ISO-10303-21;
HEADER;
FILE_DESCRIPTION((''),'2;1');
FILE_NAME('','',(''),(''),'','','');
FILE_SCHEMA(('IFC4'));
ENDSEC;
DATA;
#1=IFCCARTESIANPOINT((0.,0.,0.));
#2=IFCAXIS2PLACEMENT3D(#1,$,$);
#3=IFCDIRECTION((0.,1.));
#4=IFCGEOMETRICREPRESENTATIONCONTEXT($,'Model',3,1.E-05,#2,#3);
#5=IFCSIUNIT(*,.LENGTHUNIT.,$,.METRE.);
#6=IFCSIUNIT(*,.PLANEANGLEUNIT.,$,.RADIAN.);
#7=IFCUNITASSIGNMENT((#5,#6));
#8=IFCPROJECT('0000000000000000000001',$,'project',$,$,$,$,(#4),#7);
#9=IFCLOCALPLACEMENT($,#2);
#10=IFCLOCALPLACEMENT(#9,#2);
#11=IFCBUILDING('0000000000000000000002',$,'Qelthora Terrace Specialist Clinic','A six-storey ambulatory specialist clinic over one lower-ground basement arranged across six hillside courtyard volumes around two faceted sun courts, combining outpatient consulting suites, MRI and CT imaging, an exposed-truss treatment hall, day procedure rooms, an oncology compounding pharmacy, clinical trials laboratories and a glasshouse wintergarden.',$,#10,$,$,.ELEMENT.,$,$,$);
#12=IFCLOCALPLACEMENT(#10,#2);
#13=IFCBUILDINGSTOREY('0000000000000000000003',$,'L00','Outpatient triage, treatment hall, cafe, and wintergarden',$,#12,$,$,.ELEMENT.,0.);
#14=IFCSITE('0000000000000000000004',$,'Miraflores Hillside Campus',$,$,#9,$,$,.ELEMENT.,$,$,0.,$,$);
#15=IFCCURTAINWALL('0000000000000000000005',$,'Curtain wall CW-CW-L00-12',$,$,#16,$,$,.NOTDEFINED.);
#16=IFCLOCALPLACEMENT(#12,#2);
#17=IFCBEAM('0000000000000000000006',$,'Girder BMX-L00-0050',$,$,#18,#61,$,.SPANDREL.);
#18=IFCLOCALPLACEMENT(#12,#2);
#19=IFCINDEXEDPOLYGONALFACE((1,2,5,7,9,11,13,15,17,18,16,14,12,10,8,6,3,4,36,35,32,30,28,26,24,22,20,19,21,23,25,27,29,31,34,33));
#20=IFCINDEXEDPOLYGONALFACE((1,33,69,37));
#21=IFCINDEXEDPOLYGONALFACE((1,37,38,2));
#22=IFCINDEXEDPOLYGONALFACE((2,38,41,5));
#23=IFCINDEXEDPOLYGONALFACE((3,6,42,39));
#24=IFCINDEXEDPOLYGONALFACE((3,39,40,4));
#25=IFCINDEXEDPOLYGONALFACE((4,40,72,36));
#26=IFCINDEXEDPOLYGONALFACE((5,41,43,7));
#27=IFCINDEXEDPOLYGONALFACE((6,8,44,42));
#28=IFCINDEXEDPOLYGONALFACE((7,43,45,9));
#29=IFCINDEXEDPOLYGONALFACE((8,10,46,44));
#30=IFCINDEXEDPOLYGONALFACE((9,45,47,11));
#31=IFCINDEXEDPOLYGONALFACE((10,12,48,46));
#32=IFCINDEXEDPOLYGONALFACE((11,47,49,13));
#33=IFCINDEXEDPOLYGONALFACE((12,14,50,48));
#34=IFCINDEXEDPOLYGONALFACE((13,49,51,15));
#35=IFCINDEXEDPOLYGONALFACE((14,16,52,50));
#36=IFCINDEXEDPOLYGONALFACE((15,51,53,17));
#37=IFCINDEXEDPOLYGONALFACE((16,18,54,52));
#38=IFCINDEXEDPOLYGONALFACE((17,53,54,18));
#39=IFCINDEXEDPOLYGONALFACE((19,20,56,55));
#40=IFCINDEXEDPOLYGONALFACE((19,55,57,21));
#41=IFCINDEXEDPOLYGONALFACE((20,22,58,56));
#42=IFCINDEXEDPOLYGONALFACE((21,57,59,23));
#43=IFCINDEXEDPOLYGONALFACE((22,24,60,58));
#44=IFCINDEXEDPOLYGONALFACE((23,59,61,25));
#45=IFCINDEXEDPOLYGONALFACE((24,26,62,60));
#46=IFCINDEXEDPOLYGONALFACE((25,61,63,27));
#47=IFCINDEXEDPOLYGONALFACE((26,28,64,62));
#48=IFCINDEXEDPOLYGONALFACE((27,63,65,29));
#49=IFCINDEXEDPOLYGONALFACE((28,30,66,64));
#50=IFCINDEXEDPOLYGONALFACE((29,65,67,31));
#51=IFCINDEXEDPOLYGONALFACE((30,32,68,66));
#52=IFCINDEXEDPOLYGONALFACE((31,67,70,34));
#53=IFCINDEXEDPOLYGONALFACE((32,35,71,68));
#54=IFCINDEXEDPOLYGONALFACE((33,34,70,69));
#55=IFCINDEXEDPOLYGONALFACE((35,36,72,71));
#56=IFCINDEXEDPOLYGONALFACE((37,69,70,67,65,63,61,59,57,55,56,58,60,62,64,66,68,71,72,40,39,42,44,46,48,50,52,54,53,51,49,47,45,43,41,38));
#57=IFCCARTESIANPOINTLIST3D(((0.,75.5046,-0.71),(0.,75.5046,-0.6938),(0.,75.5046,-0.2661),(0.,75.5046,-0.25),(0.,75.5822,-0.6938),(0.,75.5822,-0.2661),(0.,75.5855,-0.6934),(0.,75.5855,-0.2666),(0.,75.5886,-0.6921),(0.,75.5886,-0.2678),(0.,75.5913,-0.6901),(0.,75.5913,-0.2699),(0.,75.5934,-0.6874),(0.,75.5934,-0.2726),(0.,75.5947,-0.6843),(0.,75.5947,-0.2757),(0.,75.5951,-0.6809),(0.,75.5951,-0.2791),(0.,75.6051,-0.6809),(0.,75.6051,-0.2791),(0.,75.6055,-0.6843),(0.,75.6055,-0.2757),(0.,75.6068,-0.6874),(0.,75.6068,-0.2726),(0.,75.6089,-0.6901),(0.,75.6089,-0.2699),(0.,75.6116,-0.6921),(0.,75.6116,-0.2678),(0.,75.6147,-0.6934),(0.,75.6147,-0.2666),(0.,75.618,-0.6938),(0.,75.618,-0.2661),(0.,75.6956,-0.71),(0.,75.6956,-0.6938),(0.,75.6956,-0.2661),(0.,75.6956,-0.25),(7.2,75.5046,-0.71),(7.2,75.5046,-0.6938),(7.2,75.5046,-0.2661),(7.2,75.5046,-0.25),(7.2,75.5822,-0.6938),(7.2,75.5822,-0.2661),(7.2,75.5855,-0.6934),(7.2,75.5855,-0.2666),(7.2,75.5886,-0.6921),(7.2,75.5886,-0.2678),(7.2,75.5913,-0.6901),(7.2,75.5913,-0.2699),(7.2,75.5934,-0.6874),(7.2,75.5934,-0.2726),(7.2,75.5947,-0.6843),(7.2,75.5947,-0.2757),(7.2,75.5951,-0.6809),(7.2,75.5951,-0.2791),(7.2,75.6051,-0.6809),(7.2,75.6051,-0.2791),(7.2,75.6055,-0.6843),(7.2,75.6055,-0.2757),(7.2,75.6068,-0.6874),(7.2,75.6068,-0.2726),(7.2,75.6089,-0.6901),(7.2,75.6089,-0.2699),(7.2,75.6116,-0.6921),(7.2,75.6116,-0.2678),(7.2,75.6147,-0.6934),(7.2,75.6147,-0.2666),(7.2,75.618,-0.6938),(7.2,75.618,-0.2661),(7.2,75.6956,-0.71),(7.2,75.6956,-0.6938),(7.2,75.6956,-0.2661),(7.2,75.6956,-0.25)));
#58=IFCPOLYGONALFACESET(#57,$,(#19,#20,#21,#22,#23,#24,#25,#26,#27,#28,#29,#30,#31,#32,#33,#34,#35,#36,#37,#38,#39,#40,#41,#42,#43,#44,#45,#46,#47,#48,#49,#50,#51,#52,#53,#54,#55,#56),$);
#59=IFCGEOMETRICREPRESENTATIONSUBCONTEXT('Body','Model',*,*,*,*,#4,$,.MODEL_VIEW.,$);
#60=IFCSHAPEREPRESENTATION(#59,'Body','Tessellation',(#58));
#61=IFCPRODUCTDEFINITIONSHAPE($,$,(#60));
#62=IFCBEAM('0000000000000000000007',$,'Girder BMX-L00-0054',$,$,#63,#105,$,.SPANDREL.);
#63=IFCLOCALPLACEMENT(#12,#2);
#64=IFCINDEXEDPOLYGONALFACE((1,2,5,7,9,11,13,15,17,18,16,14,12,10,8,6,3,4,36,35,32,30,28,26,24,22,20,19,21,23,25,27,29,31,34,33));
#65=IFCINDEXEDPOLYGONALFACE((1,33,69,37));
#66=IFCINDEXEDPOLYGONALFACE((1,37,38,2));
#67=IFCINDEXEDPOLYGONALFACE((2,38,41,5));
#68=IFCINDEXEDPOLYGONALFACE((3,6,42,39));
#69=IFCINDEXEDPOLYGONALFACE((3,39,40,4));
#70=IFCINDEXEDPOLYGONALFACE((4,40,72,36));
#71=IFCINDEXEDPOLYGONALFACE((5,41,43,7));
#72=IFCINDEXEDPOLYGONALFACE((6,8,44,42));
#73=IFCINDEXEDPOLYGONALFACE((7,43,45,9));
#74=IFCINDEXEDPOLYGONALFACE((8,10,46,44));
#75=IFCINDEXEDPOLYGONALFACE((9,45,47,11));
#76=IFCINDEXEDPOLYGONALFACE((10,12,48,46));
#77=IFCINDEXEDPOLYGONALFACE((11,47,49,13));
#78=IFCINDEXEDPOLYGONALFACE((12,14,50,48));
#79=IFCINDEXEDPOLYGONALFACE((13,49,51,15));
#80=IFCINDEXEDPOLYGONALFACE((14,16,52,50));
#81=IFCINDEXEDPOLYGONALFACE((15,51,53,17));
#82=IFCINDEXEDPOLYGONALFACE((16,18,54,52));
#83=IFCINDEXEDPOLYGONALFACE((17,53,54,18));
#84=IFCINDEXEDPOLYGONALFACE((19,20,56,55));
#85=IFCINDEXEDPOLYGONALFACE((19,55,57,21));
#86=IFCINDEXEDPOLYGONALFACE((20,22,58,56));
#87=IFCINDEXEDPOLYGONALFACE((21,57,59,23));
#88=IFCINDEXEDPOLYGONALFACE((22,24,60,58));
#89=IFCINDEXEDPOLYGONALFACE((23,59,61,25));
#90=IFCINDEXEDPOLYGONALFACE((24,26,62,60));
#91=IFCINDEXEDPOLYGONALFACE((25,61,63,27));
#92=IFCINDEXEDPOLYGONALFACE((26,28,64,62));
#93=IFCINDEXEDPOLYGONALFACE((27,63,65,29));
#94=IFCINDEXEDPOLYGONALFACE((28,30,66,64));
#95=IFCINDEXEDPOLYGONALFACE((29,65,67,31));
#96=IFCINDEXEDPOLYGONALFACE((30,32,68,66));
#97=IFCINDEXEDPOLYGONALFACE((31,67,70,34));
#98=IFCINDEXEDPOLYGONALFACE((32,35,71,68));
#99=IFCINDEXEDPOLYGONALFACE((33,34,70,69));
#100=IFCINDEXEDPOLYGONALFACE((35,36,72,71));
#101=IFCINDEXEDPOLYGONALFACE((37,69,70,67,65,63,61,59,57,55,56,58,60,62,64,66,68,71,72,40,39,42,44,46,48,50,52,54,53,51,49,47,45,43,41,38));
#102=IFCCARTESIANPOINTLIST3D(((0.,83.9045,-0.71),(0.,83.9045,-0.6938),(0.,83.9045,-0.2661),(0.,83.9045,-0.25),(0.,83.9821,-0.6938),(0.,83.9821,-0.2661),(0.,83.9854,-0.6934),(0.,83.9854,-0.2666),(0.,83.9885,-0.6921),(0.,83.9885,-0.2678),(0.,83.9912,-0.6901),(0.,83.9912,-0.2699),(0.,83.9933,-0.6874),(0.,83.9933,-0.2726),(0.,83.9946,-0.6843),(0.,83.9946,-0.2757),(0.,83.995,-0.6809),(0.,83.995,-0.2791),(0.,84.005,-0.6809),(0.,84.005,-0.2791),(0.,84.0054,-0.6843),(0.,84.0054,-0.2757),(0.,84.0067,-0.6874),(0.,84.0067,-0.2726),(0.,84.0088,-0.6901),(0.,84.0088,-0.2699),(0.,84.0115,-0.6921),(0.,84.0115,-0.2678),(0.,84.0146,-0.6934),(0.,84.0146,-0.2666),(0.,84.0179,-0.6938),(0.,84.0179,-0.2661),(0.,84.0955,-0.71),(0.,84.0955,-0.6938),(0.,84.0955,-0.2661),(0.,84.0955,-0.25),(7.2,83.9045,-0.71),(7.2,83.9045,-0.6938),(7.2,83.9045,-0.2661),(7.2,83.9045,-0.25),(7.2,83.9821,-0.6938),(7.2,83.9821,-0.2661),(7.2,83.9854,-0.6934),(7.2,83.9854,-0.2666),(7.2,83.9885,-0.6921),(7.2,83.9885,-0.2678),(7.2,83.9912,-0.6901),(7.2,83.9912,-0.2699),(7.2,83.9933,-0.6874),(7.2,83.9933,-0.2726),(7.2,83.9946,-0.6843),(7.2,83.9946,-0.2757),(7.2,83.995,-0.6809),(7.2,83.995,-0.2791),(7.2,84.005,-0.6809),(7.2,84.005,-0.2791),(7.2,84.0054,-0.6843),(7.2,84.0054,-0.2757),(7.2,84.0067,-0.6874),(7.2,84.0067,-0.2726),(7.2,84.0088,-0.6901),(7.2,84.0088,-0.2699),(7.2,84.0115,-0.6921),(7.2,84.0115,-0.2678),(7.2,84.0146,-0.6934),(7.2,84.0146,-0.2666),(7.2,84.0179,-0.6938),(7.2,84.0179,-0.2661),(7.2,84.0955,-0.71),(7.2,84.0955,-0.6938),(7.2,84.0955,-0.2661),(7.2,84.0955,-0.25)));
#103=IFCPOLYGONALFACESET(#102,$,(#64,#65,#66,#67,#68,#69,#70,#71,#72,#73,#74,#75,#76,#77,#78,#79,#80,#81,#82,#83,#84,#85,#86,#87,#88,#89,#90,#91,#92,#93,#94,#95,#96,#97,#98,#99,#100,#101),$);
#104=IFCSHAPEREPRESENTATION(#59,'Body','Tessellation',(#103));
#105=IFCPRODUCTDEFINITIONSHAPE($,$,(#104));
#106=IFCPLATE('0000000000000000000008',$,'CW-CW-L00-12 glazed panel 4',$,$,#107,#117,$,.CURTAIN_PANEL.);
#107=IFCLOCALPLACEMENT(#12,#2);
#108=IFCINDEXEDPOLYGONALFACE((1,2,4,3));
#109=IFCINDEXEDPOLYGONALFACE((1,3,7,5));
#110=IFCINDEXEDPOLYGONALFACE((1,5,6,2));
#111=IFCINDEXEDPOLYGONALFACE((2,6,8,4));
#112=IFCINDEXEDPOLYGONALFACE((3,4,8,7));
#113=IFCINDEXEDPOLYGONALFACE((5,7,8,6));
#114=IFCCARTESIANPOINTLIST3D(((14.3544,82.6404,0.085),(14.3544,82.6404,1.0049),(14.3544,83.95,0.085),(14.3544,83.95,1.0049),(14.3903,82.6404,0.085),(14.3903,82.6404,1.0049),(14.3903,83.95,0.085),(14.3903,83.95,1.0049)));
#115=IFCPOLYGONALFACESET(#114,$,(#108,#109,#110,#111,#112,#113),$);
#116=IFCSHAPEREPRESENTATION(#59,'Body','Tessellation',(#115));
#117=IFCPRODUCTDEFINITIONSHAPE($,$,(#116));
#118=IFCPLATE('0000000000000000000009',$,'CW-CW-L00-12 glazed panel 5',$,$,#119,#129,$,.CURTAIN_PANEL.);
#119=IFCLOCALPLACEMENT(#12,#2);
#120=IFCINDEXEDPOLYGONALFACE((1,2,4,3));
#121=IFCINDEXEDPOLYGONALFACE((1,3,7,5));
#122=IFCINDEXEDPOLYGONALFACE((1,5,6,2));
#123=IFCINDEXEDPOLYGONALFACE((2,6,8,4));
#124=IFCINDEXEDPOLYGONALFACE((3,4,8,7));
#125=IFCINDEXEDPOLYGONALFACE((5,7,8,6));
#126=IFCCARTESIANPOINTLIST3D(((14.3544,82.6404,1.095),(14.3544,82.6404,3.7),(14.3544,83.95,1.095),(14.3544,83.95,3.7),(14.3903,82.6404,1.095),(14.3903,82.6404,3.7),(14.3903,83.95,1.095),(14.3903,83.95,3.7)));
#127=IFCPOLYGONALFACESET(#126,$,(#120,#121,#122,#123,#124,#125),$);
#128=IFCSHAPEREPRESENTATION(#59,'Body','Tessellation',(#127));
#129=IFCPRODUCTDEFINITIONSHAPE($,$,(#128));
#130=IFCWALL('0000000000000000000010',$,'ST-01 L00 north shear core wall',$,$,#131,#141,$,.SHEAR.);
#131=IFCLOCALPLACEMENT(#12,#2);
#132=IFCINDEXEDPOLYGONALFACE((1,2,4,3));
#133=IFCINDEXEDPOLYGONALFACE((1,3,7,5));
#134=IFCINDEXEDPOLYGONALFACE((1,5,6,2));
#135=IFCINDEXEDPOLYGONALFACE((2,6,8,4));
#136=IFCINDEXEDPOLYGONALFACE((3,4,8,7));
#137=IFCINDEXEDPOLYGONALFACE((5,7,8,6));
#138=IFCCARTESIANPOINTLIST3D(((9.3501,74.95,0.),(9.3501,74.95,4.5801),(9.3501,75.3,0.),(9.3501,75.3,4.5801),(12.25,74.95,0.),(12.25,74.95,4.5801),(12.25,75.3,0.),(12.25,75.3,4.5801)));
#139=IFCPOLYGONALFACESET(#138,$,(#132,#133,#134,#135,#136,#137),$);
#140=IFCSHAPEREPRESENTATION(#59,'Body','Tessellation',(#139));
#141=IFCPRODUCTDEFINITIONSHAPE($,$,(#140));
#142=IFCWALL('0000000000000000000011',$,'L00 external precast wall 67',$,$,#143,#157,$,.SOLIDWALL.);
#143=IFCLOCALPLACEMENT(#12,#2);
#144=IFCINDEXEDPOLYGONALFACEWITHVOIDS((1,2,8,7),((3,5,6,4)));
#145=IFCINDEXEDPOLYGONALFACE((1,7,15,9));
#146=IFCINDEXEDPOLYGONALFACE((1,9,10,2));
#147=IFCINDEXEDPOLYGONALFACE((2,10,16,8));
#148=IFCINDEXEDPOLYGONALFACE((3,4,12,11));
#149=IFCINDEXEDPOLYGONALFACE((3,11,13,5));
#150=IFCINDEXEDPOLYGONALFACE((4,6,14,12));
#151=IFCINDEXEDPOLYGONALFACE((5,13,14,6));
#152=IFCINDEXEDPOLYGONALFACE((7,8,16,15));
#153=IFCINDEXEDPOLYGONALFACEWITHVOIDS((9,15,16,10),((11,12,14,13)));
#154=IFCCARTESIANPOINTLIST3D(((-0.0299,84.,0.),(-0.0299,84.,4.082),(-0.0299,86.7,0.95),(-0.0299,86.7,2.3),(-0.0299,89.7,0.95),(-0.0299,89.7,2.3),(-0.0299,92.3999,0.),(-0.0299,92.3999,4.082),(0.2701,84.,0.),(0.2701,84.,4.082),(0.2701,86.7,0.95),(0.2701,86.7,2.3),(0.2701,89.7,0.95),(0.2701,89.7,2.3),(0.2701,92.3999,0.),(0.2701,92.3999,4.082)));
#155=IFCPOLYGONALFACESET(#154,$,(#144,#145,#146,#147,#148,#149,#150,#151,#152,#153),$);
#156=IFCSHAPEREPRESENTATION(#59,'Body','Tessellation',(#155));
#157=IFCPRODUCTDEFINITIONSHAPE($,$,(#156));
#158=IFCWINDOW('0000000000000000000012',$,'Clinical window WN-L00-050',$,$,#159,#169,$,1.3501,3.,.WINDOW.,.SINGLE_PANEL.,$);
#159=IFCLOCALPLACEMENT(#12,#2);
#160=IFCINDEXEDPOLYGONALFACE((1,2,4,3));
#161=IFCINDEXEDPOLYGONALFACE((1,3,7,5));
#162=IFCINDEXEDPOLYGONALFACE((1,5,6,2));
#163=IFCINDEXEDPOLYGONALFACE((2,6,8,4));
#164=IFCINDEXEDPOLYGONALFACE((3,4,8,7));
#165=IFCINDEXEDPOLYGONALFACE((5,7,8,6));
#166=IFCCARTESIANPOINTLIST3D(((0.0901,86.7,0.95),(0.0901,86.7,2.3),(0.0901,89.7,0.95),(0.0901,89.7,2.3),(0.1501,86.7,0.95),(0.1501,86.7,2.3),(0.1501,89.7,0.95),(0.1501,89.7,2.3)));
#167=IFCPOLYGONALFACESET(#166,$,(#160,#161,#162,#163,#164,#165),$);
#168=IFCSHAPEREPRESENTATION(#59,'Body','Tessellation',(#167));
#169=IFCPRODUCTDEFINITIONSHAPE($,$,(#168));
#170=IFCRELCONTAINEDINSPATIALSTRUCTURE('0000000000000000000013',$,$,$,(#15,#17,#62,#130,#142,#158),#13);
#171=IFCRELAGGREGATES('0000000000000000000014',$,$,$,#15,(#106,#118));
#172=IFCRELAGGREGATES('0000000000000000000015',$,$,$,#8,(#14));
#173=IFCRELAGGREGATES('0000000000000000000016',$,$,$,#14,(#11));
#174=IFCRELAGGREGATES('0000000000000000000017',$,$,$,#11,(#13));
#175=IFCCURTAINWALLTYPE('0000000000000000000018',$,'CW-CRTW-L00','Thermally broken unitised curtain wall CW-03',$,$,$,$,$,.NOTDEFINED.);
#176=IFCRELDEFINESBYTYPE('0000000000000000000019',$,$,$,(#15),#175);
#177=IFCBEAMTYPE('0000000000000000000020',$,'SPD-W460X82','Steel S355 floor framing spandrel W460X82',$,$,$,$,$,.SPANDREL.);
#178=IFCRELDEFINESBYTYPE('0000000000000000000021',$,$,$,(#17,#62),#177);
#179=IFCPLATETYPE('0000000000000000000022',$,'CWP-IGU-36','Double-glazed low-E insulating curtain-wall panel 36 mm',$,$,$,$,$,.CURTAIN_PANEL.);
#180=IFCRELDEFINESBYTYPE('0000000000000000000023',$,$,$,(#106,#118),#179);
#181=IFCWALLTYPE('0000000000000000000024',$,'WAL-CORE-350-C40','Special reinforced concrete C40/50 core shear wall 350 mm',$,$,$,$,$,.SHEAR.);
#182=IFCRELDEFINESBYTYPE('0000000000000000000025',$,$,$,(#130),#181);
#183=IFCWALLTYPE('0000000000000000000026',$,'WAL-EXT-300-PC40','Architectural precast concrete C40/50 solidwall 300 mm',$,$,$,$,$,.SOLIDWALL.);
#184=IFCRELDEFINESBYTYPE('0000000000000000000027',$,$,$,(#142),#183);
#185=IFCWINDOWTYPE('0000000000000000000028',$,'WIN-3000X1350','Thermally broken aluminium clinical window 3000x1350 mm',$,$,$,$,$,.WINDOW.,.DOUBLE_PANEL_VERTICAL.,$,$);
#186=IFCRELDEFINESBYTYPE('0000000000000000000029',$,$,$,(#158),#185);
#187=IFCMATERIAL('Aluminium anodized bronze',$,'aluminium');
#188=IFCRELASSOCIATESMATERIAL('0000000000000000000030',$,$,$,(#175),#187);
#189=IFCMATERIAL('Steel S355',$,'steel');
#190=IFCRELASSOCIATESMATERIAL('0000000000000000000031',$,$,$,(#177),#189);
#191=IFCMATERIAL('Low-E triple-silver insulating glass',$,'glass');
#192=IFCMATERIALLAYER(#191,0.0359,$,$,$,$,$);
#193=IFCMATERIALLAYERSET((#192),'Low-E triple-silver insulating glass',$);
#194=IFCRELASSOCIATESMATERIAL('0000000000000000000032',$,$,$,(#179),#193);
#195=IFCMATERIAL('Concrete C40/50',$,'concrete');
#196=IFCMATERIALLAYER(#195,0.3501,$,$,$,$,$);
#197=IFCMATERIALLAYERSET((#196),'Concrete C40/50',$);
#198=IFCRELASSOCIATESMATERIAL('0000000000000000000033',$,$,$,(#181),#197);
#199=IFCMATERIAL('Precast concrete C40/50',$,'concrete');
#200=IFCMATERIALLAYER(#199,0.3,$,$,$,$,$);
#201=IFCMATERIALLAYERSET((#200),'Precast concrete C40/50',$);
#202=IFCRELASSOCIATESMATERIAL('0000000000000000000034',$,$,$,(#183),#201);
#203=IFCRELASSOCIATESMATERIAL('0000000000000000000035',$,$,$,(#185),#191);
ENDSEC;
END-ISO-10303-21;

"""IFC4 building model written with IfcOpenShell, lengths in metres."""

from ifc_helpers import new_model, si_unit, direction, frame, frame_2d, origin, origin_2d, place, context, subcontext, project, spatial, rectangle, i_section, extrude, material, layer, layer_set, material_profile, profile_set, type_object, element, fill, aggregate, save


model = new_model("IFC4")

# Units and contexts
model_context = context("Model", 3, precision=1e-05, world=origin(), true_north=direction((0.0, 1.0)))
body_context = subcontext(model_context, "Body", "Model", "MODEL_VIEW")
ifc_project = project(units=[si_unit("LENGTHUNIT", "METRE"), si_unit("PLANEANGLEUNIT", "RADIAN")], contexts=[model_context])

# Site, building, storey
site_placement = place(None, origin())
site = spatial("IfcSite", under=ifc_project, at=site_placement, Name="Miraflores Hillside Campus", CompositionType="ELEMENT", RefElevation=0.0)
building_placement = place(site_placement, origin())
building = spatial("IfcBuilding", under=site, at=building_placement, Name="Qelthora Terrace Specialist Clinic", Description="A six-storey ambulatory specialist clinic over one lower-ground basement arranged across six hillside courtyard volumes around two faceted sun courts, combining outpatient consulting suites, MRI and CT imaging, an exposed-truss treatment hall, day procedure rooms, an oncology compounding pharmacy, clinical trials laboratories and a glasshouse wintergarden.", CompositionType="ELEMENT")
storey_placement = place(building_placement, origin())
storey = spatial("IfcBuildingStorey", under=building, at=storey_placement, Name="L00", Description="Outpatient triage, treatment hall, cafe, and wintergarden", CompositionType="ELEMENT", Elevation=0.0)

# Shared definitions
ifc_material_1 = material(Name="Steel S355", Category="steel")

# Curtain wall
ifc_material_2 = material(Name="Aluminium anodized bronze", Category="aluminium")
curtain_wall_type = type_object("IfcCurtainWallType", Name="CW-CRTW-L00", Description="Thermally broken unitised curtain wall CW-03", PredefinedType="NOTDEFINED", material=ifc_material_2)
curtain_wall_placement = place(storey_placement, origin())
curtain_wall = element("IfcCurtainWall", 1, at=curtain_wall_placement, inside=storey, type_object=curtain_wall_type, Name="Curtain wall CW-CW-L00-12", PredefinedType="NOTDEFINED")

# Beams
ifc_material_profile_1 = material_profile(ifc_material_1, i_section(OverallWidth=0.1909, OverallDepth=0.46, WebThickness=0.01, FlangeThickness=0.0161, FilletRadius=0.0129, at=origin_2d()), Name="W460X82")
ifc_profile_set_1 = profile_set([ifc_material_profile_1], Name="Steel S355")
beam_type_1 = type_object("IfcBeamType", Name="SPD-W460X82", Description="Steel S355 floor framing spandrel W460X82", PredefinedType="SPANDREL", material=ifc_profile_set_1)
for number, where, z_axis, x_axis, name in (
    (2, (0.0, 75.6001, -0.48), (1.0, 0.0, 0.0), (0.0, 1.0, 0.0), "Girder BMX-L00-0050"),
    (3, (0.0, 84.0, -0.48), (1.0, 0.0, 0.0), (0.0, 1.0, 0.0), "Girder BMX-L00-0054"),
):
    element("IfcBeam", number, at=place(storey_placement, frame(where, z_axis=z_axis, x_axis=x_axis)), inside=storey, type_object=beam_type_1, Name=name, PredefinedType="SPANDREL", context=body_context, shape_type="SweptSolid", body=[
        extrude(i_section(OverallWidth=0.1909, OverallDepth=0.46, WebThickness=0.01, FlangeThickness=0.0161, FilletRadius=0.0129, at=origin_2d()), origin(), (0.0, 0.0, 1.0), 7.2),
    ])

# Plates
ifc_material_3 = material(Name="Low-E triple-silver insulating glass", Category="glass")
ifc_layer_1 = layer(ifc_material_3, 0.0359)
ifc_layer_set_1 = layer_set([ifc_layer_1], Name="Low-E triple-silver insulating glass")
plate_type = type_object("IfcPlateType", Name="CWP-IGU-36", Description="Double-glazed low-E insulating curtain-wall panel 36 mm", PredefinedType="CURTAIN_PANEL", material=ifc_layer_set_1)
plate_1_placement = place(storey_placement, frame((14.3723, 83.2952, 0.085), z_axis=(0.0, 0.0, 1.0), x_axis=(0.0, -1.0, 0.0)))
plate_1 = element("IfcPlate", 4, at=plate_1_placement, type_object=plate_type, Name="CW-CW-L00-12 glazed panel 4", PredefinedType="CURTAIN_PANEL", context=body_context, shape_type="SweptSolid", body=[
    extrude(rectangle(XDim=1.3096, YDim=0.0359, at=origin_2d()), origin(), (0.0, 0.0, 1.0), 0.9199),
])
plate_2_placement = place(storey_placement, frame((14.3723, 83.2952, 1.095), z_axis=(0.0, 0.0, 1.0), x_axis=(0.0, -1.0, 0.0)))
plate_2 = element("IfcPlate", 5, at=plate_2_placement, type_object=plate_type, Name="CW-CW-L00-12 glazed panel 5", PredefinedType="CURTAIN_PANEL", context=body_context, shape_type="SweptSolid", body=[
    extrude(rectangle(XDim=1.3096, YDim=0.0359, at=origin_2d()), origin(), (0.0, 0.0, 1.0), 2.605),
])
aggregate(curtain_wall, [plate_1, plate_2])

# Wall
ifc_material_4 = material(Name="Concrete C40/50", Category="concrete")
ifc_layer_2 = layer(ifc_material_4, 0.3501)
ifc_layer_set_2 = layer_set([ifc_layer_2], Name="Concrete C40/50")
wall_type_1 = type_object("IfcWallType", Name="WAL-CORE-350-C40", Description="Special reinforced concrete C40/50 core shear wall 350 mm", PredefinedType="SHEAR", material=ifc_layer_set_2)
wall_1_placement = place(storey_placement, frame((9.3501, 75.125, 0.0), z_axis=(0.0, 0.0, 1.0), x_axis=(1.0, 0.0, 0.0)))
element("IfcWall", 6, at=wall_1_placement, inside=storey, type_object=wall_type_1, Name="ST-01 L00 north shear core wall", PredefinedType="SHEAR", context=body_context, shape_type="SweptSolid", body=[
    extrude(rectangle(XDim=2.8999, YDim=0.3501, at=frame_2d((1.45, 0.0))), origin(), (0.0, 0.0, 1.0), 4.5801),
])

# Wall, opening, window
ifc_material_5 = material(Name="Precast concrete C40/50", Category="concrete")
ifc_layer_3 = layer(ifc_material_5, 0.3)
ifc_layer_set_3 = layer_set([ifc_layer_3], Name="Precast concrete C40/50")
wall_type_2 = type_object("IfcWallType", Name="WAL-EXT-300-PC40", Description="Architectural precast concrete C40/50 solidwall 300 mm", PredefinedType="SOLIDWALL", material=ifc_layer_set_3)
wall_2_placement = place(storey_placement, frame((0.1201, 84.0, 0.0), z_axis=(0.0, 0.0, 1.0), x_axis=(0.0, 1.0, 0.0)))
wall_2 = element("IfcWall", 7, at=wall_2_placement, inside=storey, type_object=wall_type_2, Name="L00 external precast wall 67", PredefinedType="SOLIDWALL", context=body_context, shape_type="SweptSolid", body=[
    extrude(rectangle(XDim=8.3999, YDim=0.3, at=frame_2d((4.2, 0.0))), origin(), (0.0, 0.0, 1.0), 4.082),
])
opening_1_placement = place(wall_2_placement, frame((2.7, 0.0, 0.95)))
opening_1 = element("IfcOpeningElement", 8, at=opening_1_placement, cuts=wall_2, PredefinedType="OPENING", context=body_context, shape_type="SweptSolid", body=[
    extrude(rectangle(XDim=3.0, YDim=1.3501, at=frame_2d((1.5, 0.675))), frame((0.0, 0.1599, 0.0), z_axis=(0.0, -1.0, 0.0), x_axis=(1.0, 0.0, 0.0)), (0.0, 0.0, 1.0), 0.3201),
])
window_type_1 = type_object("IfcWindowType", Name="WIN-3000X1350", Description="Thermally broken aluminium clinical window 3000x1350 mm", PartitioningType="DOUBLE_PANEL_VERTICAL", PredefinedType="WINDOW", material=ifc_material_3)
window_1_placement = place(opening_1_placement, origin())
window_1 = element("IfcWindow", 9, at=window_1_placement, inside=storey, type_object=window_type_1, Name="Clinical window WN-L00-050", OverallHeight=1.3501, OverallWidth=3.0, PartitioningType="SINGLE_PANEL", PredefinedType="WINDOW", context=body_context, shape_type="SweptSolid", body=[
    extrude(rectangle(XDim=3.0, YDim=1.3501, at=frame_2d((1.5, 0.675))), frame((0.0, 0.03, 0.0), z_axis=(0.0, -1.0, 0.0), x_axis=(1.0, 0.0, 0.0)), (0.0, 0.0, 1.0), 0.0601),
])
fill(opening_1, window_1)

save(model, "model.ifc")
